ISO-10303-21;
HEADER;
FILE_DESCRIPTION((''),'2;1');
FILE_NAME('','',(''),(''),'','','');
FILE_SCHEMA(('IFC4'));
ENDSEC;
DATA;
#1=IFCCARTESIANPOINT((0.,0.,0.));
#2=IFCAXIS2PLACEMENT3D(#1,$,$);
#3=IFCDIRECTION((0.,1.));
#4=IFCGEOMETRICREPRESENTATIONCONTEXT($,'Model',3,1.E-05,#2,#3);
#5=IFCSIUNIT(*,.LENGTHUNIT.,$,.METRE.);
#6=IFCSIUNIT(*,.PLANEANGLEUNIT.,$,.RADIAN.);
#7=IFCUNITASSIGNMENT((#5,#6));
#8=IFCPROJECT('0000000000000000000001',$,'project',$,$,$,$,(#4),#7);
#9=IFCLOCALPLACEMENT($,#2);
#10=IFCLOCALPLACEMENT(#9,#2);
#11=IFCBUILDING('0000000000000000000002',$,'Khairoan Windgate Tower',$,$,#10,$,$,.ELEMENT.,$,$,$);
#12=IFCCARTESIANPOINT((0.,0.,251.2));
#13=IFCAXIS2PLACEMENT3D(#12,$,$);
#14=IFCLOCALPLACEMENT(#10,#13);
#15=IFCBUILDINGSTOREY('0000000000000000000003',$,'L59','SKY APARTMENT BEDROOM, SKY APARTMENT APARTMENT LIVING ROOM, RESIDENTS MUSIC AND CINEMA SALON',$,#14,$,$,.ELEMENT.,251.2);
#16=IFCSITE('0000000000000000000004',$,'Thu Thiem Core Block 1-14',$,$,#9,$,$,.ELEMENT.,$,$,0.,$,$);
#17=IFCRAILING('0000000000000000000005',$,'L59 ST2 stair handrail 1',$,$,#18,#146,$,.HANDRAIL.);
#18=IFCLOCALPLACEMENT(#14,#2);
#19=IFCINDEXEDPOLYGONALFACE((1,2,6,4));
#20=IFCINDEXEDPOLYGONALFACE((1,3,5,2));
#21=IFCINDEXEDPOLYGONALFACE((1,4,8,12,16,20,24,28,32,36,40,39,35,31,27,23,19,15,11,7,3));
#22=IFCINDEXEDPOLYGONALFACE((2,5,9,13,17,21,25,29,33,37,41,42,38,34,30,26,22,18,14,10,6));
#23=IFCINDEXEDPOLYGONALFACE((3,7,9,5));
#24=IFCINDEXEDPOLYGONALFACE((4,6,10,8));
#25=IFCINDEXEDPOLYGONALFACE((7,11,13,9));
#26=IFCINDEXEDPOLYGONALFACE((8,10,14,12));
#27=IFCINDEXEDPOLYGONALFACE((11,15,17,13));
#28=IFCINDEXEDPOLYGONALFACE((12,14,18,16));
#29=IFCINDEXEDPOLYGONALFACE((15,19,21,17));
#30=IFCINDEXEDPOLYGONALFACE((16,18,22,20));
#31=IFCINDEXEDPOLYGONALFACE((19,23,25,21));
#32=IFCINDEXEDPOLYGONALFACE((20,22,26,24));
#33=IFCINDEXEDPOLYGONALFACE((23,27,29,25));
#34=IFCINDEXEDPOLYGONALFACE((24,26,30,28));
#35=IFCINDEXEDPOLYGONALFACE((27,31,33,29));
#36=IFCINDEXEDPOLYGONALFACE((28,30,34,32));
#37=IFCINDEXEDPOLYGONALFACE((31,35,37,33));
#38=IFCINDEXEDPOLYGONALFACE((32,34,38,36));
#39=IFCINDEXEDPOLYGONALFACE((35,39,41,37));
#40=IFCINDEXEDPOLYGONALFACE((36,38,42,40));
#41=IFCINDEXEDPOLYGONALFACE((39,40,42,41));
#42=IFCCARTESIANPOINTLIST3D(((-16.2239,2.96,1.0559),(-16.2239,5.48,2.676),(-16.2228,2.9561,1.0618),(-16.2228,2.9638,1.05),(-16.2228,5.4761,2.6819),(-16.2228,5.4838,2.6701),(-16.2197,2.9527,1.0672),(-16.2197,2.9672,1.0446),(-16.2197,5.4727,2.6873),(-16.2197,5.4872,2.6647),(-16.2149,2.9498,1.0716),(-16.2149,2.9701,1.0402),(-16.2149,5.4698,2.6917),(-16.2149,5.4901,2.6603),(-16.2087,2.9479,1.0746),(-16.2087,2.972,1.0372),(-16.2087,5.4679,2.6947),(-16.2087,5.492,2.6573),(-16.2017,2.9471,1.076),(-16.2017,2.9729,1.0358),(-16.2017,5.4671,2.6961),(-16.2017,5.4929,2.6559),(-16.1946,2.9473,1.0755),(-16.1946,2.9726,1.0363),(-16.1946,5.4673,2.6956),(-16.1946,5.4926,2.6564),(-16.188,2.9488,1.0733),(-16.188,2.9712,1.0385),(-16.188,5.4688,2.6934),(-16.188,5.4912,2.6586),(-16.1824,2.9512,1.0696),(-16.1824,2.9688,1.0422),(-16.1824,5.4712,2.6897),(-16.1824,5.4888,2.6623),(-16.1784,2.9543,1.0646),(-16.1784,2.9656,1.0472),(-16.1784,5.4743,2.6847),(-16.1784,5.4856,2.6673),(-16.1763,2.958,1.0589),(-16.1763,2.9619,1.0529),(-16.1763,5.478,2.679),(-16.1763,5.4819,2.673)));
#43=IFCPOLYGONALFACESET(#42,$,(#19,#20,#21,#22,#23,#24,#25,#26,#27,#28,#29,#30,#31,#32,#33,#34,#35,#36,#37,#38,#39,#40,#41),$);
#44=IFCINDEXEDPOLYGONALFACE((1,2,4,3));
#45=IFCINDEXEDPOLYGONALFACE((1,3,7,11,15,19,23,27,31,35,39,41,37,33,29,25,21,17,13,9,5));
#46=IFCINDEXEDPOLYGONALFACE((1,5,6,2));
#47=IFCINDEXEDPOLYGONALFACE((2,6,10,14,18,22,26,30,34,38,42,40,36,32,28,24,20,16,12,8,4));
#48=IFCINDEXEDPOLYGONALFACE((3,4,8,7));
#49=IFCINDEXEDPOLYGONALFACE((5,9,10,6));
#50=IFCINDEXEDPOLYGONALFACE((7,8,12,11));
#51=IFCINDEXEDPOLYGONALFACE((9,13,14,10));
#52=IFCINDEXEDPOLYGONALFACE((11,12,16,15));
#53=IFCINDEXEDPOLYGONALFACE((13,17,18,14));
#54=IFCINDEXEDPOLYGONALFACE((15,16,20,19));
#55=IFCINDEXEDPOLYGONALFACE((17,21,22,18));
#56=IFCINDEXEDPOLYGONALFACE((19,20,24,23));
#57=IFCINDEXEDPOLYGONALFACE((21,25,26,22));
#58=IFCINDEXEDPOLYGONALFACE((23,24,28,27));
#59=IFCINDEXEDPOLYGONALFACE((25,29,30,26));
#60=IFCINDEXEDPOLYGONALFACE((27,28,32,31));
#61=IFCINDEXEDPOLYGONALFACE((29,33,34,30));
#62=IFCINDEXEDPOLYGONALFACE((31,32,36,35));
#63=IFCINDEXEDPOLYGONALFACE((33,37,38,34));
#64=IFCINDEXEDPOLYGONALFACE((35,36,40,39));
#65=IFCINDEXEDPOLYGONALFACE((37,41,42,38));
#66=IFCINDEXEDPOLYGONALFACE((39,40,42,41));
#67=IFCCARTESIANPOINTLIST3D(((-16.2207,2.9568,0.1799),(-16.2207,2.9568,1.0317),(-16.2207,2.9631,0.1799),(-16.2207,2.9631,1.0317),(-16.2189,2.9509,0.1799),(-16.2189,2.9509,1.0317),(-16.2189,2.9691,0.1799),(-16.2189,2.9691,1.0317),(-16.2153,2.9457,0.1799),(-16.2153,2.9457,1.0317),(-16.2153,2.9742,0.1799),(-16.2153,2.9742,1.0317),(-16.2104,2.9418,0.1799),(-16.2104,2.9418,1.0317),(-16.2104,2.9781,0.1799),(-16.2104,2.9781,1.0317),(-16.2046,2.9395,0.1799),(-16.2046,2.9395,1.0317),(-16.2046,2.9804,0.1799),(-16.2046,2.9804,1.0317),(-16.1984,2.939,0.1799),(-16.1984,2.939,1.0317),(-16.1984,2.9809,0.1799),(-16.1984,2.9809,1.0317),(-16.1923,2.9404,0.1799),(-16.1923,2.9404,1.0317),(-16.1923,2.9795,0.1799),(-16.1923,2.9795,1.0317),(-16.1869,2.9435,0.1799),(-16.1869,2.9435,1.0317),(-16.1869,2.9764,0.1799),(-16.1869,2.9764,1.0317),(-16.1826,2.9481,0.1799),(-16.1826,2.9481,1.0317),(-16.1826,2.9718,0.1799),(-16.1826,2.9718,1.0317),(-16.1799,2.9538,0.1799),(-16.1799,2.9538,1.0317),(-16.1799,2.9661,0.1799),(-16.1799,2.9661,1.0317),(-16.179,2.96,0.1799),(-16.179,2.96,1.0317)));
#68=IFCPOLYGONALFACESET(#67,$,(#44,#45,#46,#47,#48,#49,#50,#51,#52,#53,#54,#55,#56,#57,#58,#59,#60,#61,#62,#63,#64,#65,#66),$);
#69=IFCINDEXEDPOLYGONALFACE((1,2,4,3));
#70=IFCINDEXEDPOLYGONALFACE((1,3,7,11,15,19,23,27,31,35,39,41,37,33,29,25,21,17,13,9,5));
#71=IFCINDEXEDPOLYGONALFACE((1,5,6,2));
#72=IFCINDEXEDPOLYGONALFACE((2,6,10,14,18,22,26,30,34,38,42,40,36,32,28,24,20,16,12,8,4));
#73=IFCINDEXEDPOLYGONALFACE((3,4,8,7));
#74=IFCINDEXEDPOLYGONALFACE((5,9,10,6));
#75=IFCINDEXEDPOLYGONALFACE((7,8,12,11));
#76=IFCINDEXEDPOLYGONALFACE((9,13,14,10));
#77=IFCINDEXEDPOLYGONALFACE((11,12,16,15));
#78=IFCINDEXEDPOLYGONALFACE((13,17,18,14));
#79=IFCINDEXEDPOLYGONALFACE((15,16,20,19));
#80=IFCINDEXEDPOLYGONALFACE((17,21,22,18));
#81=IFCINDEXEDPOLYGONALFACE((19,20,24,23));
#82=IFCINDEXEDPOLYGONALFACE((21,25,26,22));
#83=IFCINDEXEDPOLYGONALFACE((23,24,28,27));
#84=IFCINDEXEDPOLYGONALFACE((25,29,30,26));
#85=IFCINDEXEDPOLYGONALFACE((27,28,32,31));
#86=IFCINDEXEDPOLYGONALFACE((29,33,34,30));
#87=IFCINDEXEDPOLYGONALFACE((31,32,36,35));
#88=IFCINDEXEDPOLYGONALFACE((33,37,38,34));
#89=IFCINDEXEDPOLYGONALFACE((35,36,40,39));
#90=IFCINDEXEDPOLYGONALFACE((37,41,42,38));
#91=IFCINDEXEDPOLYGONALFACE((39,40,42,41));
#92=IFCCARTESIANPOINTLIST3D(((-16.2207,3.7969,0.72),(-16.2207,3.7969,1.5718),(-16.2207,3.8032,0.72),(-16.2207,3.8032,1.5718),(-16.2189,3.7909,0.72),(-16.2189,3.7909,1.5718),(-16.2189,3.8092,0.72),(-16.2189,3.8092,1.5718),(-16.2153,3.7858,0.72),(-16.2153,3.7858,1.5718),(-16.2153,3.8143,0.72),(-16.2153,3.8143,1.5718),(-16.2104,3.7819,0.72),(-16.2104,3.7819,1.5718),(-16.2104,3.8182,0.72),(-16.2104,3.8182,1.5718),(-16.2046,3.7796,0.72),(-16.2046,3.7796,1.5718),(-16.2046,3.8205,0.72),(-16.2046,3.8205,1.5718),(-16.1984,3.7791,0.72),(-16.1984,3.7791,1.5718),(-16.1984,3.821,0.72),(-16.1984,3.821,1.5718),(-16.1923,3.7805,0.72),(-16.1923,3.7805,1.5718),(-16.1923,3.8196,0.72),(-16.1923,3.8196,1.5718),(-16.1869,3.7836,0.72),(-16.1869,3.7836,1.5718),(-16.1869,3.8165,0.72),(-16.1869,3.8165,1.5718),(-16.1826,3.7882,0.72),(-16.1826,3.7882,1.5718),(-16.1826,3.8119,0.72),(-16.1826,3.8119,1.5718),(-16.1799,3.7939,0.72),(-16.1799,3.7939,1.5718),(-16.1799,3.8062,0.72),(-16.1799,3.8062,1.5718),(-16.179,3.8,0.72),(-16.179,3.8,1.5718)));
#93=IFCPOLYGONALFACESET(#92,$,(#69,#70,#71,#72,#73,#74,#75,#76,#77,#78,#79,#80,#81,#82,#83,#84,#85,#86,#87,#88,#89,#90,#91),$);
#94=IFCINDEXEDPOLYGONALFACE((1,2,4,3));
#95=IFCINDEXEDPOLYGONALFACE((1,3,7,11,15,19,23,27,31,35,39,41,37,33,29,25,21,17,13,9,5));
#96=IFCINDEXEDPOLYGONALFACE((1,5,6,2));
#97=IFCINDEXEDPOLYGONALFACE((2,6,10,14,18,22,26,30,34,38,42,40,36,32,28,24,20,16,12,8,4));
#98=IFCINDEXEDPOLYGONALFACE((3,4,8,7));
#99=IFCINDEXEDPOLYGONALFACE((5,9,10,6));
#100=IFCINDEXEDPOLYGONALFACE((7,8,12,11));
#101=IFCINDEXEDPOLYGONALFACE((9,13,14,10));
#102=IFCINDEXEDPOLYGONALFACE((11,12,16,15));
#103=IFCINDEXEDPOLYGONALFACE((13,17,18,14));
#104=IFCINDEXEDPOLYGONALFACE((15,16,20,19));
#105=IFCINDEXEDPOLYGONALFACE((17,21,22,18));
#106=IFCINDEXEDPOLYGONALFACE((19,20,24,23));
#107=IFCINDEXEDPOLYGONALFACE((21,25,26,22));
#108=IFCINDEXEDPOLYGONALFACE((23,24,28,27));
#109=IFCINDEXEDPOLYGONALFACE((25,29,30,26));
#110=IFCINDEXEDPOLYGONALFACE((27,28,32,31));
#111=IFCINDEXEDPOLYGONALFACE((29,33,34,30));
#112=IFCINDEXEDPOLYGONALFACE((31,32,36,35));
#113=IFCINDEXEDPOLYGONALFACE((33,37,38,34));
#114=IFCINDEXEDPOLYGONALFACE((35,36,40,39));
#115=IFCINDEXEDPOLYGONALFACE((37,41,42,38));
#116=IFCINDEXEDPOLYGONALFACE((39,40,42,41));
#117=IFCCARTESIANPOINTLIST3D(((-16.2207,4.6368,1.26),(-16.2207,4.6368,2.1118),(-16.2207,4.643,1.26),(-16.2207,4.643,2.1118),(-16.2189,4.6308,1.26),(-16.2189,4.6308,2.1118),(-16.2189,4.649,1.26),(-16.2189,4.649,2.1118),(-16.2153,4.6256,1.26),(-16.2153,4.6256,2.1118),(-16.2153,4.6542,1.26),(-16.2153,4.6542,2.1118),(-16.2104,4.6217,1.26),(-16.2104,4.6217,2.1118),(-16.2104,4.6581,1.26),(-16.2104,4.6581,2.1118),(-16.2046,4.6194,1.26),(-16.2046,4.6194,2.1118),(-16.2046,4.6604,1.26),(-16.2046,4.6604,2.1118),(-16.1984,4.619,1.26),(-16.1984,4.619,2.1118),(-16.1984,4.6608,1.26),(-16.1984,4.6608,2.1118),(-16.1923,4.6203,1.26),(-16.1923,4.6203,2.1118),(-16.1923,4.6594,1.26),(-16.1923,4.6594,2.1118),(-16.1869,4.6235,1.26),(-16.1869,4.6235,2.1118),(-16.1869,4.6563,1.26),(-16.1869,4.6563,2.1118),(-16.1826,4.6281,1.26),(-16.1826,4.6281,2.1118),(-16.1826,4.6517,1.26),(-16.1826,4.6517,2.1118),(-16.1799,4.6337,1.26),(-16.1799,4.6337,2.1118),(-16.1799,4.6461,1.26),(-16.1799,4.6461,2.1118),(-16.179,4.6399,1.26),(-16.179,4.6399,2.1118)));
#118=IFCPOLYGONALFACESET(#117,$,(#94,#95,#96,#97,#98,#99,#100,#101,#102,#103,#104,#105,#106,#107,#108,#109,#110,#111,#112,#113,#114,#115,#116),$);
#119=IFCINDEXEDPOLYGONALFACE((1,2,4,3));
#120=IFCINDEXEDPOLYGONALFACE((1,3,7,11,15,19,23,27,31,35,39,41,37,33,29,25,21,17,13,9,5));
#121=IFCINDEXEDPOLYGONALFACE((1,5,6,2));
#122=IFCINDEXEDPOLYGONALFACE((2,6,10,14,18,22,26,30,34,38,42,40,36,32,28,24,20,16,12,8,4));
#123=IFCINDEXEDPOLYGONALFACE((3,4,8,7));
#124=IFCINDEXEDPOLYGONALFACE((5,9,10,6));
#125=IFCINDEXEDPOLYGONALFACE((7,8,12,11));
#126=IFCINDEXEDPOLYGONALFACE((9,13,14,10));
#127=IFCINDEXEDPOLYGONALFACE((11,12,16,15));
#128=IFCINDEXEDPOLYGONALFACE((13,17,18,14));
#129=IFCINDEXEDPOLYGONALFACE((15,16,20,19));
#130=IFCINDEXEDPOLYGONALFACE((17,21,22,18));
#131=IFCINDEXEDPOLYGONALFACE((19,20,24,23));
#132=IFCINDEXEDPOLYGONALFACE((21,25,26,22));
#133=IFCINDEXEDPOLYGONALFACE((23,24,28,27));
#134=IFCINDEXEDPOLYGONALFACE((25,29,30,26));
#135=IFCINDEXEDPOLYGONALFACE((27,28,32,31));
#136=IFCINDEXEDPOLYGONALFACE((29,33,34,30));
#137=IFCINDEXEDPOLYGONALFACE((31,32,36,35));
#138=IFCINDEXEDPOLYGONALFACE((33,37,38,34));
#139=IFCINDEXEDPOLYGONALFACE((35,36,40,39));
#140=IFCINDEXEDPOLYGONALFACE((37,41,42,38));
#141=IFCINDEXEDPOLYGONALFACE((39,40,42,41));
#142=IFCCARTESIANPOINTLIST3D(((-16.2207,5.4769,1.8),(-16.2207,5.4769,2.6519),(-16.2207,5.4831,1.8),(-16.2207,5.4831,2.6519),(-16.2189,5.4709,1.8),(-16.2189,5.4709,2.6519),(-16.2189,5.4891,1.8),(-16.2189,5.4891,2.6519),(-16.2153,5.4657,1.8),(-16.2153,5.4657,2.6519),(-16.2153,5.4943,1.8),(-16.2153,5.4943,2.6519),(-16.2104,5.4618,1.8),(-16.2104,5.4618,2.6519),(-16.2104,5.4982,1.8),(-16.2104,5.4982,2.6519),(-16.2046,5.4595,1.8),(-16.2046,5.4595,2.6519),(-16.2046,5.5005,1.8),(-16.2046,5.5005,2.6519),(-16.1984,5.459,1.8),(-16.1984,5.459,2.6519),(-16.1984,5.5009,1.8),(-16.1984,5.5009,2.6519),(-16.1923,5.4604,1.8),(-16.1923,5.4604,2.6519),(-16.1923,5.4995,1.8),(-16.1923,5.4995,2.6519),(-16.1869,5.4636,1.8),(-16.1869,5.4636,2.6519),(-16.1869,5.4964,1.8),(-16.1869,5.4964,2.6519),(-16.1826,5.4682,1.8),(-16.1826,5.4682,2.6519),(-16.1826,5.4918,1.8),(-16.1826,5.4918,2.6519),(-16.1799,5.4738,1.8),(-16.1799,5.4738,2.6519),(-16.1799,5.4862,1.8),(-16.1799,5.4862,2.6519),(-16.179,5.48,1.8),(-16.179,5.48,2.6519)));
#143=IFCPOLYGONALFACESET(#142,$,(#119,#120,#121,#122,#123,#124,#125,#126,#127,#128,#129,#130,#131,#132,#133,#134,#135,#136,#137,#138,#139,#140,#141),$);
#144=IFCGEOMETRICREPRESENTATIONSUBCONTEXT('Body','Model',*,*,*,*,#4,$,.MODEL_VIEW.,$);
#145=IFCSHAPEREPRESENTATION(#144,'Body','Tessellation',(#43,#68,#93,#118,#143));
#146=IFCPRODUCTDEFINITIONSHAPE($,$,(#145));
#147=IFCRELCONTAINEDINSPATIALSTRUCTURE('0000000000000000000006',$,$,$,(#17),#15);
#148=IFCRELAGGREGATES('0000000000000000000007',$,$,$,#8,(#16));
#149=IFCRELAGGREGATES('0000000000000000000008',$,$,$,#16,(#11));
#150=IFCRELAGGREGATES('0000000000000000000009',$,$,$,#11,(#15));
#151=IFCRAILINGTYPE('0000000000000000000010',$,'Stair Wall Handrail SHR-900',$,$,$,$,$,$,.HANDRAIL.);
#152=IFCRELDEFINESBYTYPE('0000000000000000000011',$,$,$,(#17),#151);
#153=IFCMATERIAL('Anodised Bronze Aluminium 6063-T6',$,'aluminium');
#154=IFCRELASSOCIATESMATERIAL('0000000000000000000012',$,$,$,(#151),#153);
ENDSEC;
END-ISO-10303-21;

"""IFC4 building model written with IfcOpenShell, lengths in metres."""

from ifc_helpers import new_model, si_unit, direction, frame, origin, origin_2d, place, context, subcontext, project, spatial, circle, extrude, material, type_object, element, save


model = new_model("IFC4")

# Units and contexts
model_context = context("Model", 3, precision=1e-05, world=origin(), true_north=direction((0.0, 1.0)))
body_context = subcontext(model_context, "Body", "Model", "MODEL_VIEW")
ifc_project = project(units=[si_unit("LENGTHUNIT", "METRE"), si_unit("PLANEANGLEUNIT", "RADIAN")], contexts=[model_context])

# Site, building, storey
site_placement = place(None, origin())
site = spatial("IfcSite", under=ifc_project, at=site_placement, Name="Thu Thiem Core Block 1-14", CompositionType="ELEMENT", RefElevation=0.0)
building_placement = place(site_placement, origin())
building = spatial("IfcBuilding", under=site, at=building_placement, Name="Khairoan Windgate Tower", CompositionType="ELEMENT")
storey_placement = place(building_placement, frame((0.0, 0.0, 251.2)))
storey = spatial("IfcBuildingStorey", under=building, at=storey_placement, Name="L59", Description="SKY APARTMENT BEDROOM, SKY APARTMENT APARTMENT LIVING ROOM, RESIDENTS MUSIC AND CINEMA SALON", CompositionType="ELEMENT", Elevation=251.2)

# Railing
ifc_material_1 = material(Name="Anodised Bronze Aluminium 6063-T6", Category="aluminium")
railing_type_1 = type_object("IfcRailingType", Name="Stair Wall Handrail SHR-900", PredefinedType="HANDRAIL", material=ifc_material_1)
railing_1_placement = place(storey_placement, frame((-16.2, 2.96, 0.1799)))
element("IfcRailing", 1, at=railing_1_placement, inside=storey, type_object=railing_type_1, Name="L59 ST2 stair handrail 1", PredefinedType="HANDRAIL", context=body_context, shape_type="SweptSolid", body=[
    extrude(circle(Radius=0.0239, at=origin_2d()), frame((0.0, 0.0, 0.876), z_axis=(0.0, 0.841163, 0.540782), x_axis=(-1.0, 0.0, 0.0)), (0.0, 0.0, 1.0), 2.9958),
    extrude(circle(Radius=0.021, at=origin_2d()), origin(), (0.0, 0.0, 1.0), 0.8518),
    extrude(circle(Radius=0.021, at=origin_2d()), frame((0.0, 0.8401, 0.54)), (0.0, 0.0, 1.0), 0.8518),
    extrude(circle(Radius=0.021, at=origin_2d()), frame((0.0, 1.6799, 1.0801)), (0.0, 0.0, 1.0), 0.8518),
    extrude(circle(Radius=0.021, at=origin_2d()), frame((0.0, 2.52, 1.6201)), (0.0, 0.0, 1.0), 0.8518),
])

save(model, "model.ifc")
